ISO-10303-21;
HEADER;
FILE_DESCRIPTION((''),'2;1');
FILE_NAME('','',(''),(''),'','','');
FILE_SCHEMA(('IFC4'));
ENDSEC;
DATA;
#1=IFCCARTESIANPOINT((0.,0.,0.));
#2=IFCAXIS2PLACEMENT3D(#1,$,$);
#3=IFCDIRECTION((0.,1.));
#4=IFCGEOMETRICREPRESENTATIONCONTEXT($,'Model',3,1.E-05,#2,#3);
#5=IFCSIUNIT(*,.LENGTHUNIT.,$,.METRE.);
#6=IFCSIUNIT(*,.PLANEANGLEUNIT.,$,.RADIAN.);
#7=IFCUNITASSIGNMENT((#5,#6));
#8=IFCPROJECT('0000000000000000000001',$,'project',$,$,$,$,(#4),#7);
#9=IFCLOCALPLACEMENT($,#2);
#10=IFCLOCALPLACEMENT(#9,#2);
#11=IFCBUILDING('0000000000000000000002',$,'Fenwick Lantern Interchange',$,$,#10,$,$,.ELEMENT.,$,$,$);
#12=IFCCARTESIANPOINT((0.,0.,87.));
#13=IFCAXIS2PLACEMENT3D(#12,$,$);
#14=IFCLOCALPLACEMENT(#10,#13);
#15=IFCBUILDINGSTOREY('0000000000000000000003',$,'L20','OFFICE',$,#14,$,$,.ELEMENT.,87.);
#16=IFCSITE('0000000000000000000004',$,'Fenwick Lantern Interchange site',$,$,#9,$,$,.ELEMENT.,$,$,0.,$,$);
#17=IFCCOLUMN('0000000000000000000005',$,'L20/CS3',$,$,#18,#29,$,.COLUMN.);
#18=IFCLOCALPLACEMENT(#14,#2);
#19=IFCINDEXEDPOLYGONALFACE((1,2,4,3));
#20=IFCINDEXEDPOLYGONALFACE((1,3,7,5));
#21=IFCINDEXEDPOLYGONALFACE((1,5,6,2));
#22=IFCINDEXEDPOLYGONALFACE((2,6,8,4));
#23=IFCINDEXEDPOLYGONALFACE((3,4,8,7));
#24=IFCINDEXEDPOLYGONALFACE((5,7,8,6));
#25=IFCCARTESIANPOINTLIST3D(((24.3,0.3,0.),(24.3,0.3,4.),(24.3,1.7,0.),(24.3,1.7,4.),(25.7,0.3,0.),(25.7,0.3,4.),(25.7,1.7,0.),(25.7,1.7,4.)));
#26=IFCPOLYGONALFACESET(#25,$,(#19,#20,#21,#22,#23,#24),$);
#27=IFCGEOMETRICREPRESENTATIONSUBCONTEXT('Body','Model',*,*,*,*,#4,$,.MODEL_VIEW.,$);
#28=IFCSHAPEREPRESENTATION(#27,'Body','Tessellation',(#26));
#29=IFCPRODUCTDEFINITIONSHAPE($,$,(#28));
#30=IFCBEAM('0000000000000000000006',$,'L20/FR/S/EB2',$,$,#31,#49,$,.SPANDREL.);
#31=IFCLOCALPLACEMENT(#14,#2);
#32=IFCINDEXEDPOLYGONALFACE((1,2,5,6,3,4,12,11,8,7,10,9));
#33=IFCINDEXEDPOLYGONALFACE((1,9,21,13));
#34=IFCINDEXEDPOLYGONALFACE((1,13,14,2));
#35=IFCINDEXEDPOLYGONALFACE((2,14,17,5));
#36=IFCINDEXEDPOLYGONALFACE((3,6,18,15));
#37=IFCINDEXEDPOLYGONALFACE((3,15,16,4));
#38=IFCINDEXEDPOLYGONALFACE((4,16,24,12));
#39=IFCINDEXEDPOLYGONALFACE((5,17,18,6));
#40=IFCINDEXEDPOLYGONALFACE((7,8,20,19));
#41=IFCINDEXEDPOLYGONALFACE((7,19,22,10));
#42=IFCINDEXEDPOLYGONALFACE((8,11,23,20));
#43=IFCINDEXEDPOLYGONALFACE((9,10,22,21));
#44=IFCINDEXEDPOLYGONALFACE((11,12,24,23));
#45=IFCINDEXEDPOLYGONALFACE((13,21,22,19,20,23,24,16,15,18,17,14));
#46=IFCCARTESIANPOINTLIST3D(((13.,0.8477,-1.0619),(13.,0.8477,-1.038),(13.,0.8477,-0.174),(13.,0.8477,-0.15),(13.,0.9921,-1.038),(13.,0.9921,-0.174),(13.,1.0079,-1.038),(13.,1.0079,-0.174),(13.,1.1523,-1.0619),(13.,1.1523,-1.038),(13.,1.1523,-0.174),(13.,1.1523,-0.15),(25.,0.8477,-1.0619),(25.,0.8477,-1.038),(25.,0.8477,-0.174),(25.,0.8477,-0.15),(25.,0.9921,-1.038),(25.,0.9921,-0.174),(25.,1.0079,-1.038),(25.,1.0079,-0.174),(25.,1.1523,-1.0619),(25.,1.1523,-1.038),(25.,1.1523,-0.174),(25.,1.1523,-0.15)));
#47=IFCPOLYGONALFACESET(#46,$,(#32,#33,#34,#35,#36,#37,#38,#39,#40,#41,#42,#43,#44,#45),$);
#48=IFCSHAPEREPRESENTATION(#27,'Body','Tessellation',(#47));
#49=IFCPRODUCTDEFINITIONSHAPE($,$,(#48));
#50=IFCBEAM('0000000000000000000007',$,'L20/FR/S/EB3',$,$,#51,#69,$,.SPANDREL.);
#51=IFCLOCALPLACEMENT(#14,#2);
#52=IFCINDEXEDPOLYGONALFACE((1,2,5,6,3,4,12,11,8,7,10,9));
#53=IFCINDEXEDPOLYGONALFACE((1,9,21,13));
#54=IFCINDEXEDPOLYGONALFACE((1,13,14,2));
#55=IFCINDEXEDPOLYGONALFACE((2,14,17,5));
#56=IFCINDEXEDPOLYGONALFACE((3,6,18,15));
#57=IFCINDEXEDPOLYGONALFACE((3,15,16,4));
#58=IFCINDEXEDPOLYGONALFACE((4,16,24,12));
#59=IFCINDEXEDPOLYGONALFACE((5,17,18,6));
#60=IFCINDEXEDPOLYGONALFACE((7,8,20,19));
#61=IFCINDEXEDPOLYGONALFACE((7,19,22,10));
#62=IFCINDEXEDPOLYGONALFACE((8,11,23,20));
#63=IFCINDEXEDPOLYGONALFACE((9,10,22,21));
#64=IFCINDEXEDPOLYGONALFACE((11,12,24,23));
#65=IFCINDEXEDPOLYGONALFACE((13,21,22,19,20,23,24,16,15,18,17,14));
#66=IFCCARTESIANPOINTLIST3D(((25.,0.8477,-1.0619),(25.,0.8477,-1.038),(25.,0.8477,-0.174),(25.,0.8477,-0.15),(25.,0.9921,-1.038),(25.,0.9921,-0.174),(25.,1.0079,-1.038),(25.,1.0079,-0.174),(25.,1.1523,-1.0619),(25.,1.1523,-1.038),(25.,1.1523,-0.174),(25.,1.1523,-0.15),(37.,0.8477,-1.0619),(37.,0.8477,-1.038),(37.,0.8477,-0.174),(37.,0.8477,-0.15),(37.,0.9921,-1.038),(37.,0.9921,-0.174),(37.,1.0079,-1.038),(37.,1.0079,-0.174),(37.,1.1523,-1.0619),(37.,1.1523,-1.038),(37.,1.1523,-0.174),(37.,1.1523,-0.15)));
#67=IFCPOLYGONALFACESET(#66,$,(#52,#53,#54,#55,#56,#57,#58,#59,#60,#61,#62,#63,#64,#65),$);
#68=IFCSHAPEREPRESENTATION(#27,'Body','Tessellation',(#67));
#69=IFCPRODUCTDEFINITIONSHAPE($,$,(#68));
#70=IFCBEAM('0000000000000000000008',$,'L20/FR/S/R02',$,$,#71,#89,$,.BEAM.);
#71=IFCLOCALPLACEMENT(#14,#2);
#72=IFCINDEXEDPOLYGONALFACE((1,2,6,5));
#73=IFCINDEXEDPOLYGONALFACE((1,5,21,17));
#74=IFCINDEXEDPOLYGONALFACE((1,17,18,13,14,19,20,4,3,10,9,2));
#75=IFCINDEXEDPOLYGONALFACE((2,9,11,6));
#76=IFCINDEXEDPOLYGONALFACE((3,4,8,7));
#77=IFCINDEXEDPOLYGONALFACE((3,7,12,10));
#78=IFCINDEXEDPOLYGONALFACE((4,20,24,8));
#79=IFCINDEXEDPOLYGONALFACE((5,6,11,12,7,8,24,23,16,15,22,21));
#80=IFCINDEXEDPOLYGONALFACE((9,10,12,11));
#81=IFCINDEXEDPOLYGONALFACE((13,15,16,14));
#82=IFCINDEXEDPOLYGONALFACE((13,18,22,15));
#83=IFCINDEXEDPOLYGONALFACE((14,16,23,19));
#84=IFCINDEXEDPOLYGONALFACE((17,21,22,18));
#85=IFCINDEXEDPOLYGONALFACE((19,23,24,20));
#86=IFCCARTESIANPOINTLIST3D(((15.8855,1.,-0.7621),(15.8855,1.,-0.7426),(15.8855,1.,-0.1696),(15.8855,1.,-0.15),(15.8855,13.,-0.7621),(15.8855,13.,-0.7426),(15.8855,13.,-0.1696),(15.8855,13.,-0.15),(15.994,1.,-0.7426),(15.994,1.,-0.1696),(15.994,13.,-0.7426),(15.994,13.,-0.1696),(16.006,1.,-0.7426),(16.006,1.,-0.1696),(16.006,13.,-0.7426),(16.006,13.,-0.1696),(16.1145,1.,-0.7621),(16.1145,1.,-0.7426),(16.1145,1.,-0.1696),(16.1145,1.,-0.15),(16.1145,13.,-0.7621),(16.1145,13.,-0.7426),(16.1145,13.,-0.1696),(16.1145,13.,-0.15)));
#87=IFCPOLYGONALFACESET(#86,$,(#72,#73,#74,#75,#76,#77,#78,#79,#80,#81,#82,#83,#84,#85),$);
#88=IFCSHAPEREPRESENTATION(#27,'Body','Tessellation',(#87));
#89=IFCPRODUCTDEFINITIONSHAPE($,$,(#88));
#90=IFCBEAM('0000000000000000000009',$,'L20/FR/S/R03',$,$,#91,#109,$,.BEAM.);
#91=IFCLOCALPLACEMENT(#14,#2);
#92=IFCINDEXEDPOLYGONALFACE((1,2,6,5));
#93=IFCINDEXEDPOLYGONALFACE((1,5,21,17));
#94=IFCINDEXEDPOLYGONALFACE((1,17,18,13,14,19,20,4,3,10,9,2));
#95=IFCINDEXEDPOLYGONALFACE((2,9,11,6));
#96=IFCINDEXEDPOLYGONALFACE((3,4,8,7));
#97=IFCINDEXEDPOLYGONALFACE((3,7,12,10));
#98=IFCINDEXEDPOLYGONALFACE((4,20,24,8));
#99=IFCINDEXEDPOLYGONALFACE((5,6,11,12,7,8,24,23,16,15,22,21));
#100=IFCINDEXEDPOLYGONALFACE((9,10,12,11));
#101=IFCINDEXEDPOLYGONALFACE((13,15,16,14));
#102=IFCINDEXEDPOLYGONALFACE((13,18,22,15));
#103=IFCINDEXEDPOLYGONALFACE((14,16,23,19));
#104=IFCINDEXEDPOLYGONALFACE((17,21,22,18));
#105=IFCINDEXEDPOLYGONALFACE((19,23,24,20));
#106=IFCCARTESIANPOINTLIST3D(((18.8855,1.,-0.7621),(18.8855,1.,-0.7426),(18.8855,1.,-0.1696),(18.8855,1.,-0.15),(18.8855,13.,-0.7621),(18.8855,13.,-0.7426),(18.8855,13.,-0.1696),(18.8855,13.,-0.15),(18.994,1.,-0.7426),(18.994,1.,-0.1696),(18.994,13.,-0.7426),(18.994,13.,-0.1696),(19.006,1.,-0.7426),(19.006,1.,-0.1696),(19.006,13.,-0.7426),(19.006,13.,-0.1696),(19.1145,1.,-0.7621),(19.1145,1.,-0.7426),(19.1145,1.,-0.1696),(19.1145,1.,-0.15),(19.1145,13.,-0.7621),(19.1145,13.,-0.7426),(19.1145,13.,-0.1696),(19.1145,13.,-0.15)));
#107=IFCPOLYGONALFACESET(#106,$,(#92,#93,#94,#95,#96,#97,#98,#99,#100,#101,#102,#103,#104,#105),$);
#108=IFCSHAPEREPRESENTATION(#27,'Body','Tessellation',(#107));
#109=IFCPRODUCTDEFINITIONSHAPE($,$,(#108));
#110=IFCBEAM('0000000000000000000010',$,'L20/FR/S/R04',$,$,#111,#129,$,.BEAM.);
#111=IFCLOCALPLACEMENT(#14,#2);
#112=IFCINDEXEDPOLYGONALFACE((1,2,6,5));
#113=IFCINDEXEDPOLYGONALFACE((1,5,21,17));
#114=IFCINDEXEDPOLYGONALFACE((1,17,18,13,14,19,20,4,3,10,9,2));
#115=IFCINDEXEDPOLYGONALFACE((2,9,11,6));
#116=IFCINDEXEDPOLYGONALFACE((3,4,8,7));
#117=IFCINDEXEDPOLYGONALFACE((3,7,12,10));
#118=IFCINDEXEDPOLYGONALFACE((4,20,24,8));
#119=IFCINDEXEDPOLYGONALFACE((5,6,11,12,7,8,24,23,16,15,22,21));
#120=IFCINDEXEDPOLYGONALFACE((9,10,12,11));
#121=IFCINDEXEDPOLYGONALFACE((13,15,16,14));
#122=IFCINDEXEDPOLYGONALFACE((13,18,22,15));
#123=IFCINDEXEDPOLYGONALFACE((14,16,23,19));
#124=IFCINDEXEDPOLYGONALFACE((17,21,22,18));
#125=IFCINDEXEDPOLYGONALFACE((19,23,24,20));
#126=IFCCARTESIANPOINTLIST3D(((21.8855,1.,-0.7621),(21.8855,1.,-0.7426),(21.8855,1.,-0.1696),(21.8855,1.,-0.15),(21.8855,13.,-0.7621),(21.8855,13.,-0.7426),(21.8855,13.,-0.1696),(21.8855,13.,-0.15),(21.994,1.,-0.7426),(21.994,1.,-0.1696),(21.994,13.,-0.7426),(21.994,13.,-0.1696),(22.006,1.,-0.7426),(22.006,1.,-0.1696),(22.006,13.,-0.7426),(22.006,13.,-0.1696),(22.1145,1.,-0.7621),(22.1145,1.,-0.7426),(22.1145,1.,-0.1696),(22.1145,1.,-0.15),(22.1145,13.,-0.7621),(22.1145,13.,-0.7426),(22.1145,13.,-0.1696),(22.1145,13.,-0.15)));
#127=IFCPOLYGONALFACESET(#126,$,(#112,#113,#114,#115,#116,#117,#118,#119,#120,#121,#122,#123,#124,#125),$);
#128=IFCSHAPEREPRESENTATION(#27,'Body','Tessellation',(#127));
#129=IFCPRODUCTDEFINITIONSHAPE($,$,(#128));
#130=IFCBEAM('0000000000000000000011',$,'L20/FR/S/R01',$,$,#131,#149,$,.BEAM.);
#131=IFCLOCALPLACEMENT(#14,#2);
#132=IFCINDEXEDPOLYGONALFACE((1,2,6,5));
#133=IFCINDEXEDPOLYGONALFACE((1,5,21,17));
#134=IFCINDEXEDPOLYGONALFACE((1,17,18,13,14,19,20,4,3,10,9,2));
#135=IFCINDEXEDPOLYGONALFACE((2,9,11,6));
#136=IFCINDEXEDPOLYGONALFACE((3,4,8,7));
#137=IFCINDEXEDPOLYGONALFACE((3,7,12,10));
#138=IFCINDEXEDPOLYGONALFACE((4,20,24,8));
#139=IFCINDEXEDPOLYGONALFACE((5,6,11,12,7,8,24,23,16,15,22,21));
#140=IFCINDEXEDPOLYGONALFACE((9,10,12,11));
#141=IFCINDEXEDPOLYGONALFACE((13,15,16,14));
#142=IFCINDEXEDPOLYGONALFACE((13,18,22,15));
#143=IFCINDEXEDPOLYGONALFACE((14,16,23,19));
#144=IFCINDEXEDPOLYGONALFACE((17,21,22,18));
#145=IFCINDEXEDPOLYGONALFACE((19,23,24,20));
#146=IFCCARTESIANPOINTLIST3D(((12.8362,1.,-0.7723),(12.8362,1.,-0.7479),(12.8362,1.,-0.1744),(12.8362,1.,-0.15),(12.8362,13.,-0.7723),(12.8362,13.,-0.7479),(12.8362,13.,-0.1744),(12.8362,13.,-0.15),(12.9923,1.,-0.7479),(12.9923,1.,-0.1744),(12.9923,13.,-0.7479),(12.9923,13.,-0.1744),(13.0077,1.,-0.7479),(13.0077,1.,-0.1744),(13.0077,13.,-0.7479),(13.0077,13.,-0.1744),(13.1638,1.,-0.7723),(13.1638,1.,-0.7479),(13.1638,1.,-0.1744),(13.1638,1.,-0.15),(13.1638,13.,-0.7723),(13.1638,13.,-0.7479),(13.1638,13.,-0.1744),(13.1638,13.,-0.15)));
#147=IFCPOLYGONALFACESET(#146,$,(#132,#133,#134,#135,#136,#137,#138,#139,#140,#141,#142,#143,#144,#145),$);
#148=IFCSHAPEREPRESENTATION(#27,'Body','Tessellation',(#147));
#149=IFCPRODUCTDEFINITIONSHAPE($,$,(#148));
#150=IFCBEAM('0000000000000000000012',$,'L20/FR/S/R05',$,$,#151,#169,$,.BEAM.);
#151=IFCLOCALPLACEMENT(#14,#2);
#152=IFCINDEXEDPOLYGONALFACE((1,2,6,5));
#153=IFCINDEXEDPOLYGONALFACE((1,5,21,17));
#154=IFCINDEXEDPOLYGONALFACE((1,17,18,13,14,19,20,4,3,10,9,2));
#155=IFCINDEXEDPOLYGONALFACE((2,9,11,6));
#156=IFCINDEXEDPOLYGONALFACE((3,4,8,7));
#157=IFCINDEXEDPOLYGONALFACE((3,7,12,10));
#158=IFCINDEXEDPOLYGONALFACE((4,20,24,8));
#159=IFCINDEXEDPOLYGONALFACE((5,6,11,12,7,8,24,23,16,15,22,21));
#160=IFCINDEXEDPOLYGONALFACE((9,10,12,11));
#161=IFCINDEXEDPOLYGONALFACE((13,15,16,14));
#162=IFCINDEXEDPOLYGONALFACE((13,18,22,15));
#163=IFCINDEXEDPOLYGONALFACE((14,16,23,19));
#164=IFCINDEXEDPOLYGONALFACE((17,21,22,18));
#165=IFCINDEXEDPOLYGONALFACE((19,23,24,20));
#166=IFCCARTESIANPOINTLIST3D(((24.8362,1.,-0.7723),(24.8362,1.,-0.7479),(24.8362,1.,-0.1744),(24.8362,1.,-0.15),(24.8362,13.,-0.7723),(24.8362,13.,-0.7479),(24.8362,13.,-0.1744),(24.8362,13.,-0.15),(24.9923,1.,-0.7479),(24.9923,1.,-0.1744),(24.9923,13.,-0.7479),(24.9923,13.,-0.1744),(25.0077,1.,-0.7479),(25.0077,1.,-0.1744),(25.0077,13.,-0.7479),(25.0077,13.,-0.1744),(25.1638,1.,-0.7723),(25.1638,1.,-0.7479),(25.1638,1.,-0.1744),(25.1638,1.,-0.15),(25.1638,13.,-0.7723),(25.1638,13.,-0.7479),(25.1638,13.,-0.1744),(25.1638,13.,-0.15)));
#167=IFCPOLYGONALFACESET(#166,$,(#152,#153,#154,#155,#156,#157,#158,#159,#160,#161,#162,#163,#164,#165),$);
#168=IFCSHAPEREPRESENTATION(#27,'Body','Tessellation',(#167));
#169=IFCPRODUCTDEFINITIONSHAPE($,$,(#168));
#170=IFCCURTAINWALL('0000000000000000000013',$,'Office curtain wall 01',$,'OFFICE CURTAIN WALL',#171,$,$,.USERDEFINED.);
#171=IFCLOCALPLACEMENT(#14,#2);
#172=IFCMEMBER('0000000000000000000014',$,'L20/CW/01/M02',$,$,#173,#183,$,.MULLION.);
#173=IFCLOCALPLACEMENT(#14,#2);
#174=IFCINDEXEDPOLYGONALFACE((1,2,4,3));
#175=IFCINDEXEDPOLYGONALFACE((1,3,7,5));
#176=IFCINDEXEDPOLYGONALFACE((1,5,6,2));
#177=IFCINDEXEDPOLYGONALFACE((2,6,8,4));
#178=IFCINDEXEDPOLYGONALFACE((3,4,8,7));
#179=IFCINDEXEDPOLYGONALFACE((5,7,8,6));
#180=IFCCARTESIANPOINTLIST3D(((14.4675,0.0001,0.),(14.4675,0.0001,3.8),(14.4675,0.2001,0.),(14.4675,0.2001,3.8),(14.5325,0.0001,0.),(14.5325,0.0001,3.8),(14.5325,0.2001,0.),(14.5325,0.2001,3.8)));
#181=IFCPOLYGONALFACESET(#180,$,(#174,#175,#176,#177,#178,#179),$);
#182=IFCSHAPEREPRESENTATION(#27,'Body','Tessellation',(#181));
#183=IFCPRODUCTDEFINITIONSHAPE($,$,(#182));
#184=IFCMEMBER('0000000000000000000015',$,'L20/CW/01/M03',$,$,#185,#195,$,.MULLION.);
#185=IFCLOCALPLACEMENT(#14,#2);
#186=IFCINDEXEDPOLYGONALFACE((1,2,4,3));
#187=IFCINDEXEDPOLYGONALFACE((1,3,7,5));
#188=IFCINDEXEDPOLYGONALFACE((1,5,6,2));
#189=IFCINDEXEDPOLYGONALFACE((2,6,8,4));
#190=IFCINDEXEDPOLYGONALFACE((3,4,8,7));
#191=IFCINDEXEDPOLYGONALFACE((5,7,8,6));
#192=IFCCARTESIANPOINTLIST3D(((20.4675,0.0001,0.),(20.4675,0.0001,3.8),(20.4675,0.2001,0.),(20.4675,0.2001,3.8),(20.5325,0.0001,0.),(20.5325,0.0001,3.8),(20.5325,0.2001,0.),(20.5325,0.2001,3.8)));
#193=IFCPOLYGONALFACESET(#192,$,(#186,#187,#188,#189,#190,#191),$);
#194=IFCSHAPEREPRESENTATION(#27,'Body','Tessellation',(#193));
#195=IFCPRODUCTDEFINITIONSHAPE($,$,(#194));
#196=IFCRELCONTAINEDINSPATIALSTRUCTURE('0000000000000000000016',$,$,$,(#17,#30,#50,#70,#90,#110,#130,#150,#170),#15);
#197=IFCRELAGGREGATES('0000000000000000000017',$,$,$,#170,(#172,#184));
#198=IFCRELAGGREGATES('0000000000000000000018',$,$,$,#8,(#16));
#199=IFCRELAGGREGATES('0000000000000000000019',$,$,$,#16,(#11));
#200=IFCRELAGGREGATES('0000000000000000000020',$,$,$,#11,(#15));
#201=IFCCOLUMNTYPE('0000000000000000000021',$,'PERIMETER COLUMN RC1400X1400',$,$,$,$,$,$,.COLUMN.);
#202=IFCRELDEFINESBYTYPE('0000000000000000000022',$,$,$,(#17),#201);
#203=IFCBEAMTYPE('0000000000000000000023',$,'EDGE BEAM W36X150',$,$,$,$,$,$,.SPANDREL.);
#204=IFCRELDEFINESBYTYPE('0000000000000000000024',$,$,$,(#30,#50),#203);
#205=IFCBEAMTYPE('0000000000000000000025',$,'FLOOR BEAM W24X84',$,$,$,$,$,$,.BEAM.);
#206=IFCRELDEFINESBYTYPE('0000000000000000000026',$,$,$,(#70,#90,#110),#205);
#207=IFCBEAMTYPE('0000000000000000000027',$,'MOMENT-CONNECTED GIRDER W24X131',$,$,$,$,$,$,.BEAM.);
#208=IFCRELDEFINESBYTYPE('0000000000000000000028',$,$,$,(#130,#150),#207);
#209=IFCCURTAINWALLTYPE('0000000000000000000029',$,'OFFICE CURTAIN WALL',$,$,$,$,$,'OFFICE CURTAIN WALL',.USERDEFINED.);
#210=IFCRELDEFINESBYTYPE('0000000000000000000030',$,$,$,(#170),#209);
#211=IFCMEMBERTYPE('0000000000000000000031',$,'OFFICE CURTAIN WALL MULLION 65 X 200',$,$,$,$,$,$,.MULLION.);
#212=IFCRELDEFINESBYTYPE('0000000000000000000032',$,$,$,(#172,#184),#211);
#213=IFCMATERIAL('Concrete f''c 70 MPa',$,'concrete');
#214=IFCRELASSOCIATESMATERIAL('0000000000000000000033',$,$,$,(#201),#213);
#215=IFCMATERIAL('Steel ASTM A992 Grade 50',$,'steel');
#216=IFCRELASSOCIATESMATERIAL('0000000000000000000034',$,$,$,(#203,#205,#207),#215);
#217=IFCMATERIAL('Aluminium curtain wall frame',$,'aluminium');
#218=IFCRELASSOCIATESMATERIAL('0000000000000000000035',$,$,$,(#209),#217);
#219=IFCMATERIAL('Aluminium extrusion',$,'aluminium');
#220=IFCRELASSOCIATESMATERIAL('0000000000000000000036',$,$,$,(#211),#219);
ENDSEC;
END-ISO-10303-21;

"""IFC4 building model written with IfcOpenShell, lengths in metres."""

from ifc_helpers import new_model, si_unit, direction, frame, origin, origin_2d, place, context, subcontext, project, spatial, rectangle, i_section, extrude, material, material_profile, profile_set, type_object, element, aggregate, save


model = new_model("IFC4")

# Units and contexts
model_context = context("Model", 3, precision=1e-05, world=origin(), true_north=direction((0.0, 1.0)))
body_context = subcontext(model_context, "Body", "Model", "MODEL_VIEW")
ifc_project = project(units=[si_unit("LENGTHUNIT", "METRE"), si_unit("PLANEANGLEUNIT", "RADIAN")], contexts=[model_context])

# Site, building, storey
site_placement = place(None, origin())
site = spatial("IfcSite", under=ifc_project, at=site_placement, Name="Fenwick Lantern Interchange site", CompositionType="ELEMENT", RefElevation=0.0)
building_placement = place(site_placement, origin())
building = spatial("IfcBuilding", under=site, at=building_placement, Name="Fenwick Lantern Interchange", CompositionType="ELEMENT")
storey_placement = place(building_placement, frame((0.0, 0.0, 87.0)))
storey = spatial("IfcBuildingStorey", under=building, at=storey_placement, Name="L20", Description="OFFICE", CompositionType="ELEMENT", Elevation=87.0)

# Column
ifc_material_1 = material(Name="Concrete f'c 70 MPa", Category="concrete")
ifc_material_profile_1 = material_profile(ifc_material_1, rectangle(XDim=1.3999, YDim=1.3999, at=origin_2d()), Name="RC1400X1400")
ifc_profile_set_1 = profile_set([ifc_material_profile_1], Name="Concrete f'c 70 MPa")
column_type = type_object("IfcColumnType", Name="PERIMETER COLUMN RC1400X1400", PredefinedType="COLUMN", material=ifc_profile_set_1)
column_placement = place(storey_placement, frame((25.0, 1.0, 0.0), z_axis=(0.0, 0.0, 1.0), x_axis=(1.0, 0.0, 0.0)))
element("IfcColumn", 1, at=column_placement, inside=storey, type_object=column_type, Name="L20/CS3", PredefinedType="COLUMN", context=body_context, shape_type="SweptSolid", body=[
    extrude(rectangle(XDim=1.3999, YDim=1.3999, at=origin_2d()), origin(), (0.0, 0.0, 1.0), 4.0),
])

# Beams
ifc_material_2 = material(Name="Steel ASTM A992 Grade 50", Category="steel")
ifc_material_profile_2 = material_profile(ifc_material_2, i_section(OverallWidth=0.3047, OverallDepth=0.9119, WebThickness=0.0159, FlangeThickness=0.0239, at=origin_2d()), Name="W36X150")
ifc_profile_set_2 = profile_set([ifc_material_profile_2], Name="Steel ASTM A992 Grade 50")
beam_type_1 = type_object("IfcBeamType", Name="EDGE BEAM W36X150", PredefinedType="SPANDREL", material=ifc_profile_set_2)
for number, where, z_axis, x_axis, name in (
    (2, (13.0, 1.0, -0.606), (1.0, 0.0, 0.0), (0.0, 1.0, 0.0), "L20/FR/S/EB2"),
    (3, (25.0, 1.0, -0.606), (1.0, 0.0, 0.0), (0.0, 1.0, 0.0), "L20/FR/S/EB3"),
):
    element("IfcBeam", number, at=place(storey_placement, frame(where, z_axis=z_axis, x_axis=x_axis)), inside=storey, type_object=beam_type_1, Name=name, PredefinedType="SPANDREL", context=body_context, shape_type="SweptSolid", body=[
        extrude(i_section(OverallWidth=0.3047, OverallDepth=0.9119, WebThickness=0.0159, FlangeThickness=0.0239, at=origin_2d()), origin(), (0.0, 0.0, 1.0), 12.0),
    ])
ifc_material_profile_3 = material_profile(ifc_material_2, i_section(OverallWidth=0.229, OverallDepth=0.6121, WebThickness=0.012, FlangeThickness=0.0195, at=origin_2d()), Name="W24X84")
ifc_profile_set_3 = profile_set([ifc_material_profile_3], Name="Steel ASTM A992 Grade 50")
beam_type_2 = type_object("IfcBeamType", Name="FLOOR BEAM W24X84", PredefinedType="BEAM", material=ifc_profile_set_3)
for number, where, z_axis, x_axis, name in (
    (4, (16.0, 1.0, -0.4561), (0.0, 1.0, 0.0), (-1.0, 0.0, 0.0), "L20/FR/S/R02"),
    (5, (19.0, 1.0, -0.4561), (0.0, 1.0, 0.0), (-1.0, 0.0, 0.0), "L20/FR/S/R03"),
    (6, (22.0, 1.0, -0.4561), (0.0, 1.0, 0.0), (-1.0, 0.0, 0.0), "L20/FR/S/R04"),
):
    element("IfcBeam", number, at=place(storey_placement, frame(where, z_axis=z_axis, x_axis=x_axis)), inside=storey, type_object=beam_type_2, Name=name, PredefinedType="BEAM", context=body_context, shape_type="SweptSolid", body=[
        extrude(i_section(OverallWidth=0.229, OverallDepth=0.6121, WebThickness=0.012, FlangeThickness=0.0195, at=origin_2d()), origin(), (0.0, 0.0, 1.0), 12.0),
    ])
ifc_material_profile_4 = material_profile(ifc_material_2, i_section(OverallWidth=0.3276, OverallDepth=0.6223, WebThickness=0.0154, FlangeThickness=0.0244, at=origin_2d()), Name="W24X131")
ifc_profile_set_4 = profile_set([ifc_material_profile_4], Name="Steel ASTM A992 Grade 50")
beam_type_3 = type_object("IfcBeamType", Name="MOMENT-CONNECTED GIRDER W24X131", PredefinedType="BEAM", material=ifc_profile_set_4)
for number, where, z_axis, x_axis, name in (
    (7, (13.0, 1.0, -0.4612), (0.0, 1.0, 0.0), (-1.0, 0.0, 0.0), "L20/FR/S/R01"),
    (8, (25.0, 1.0, -0.4612), (0.0, 1.0, 0.0), (-1.0, 0.0, 0.0), "L20/FR/S/R05"),
):
    element("IfcBeam", number, at=place(storey_placement, frame(where, z_axis=z_axis, x_axis=x_axis)), inside=storey, type_object=beam_type_3, Name=name, PredefinedType="BEAM", context=body_context, shape_type="SweptSolid", body=[
        extrude(i_section(OverallWidth=0.3276, OverallDepth=0.6223, WebThickness=0.0154, FlangeThickness=0.0244, at=origin_2d()), origin(), (0.0, 0.0, 1.0), 12.0),
    ])

# Curtain wall, members
ifc_material_3 = material(Name="Aluminium curtain wall frame", Category="aluminium")
curtain_wall_type = type_object("IfcCurtainWallType", Name="OFFICE CURTAIN WALL", ElementType="OFFICE CURTAIN WALL", PredefinedType="USERDEFINED", material=ifc_material_3)
curtain_wall_placement = place(storey_placement, origin())
curtain_wall = element("IfcCurtainWall", 9, at=curtain_wall_placement, inside=storey, type_object=curtain_wall_type, Name="Office curtain wall 01", ObjectType="OFFICE CURTAIN WALL", PredefinedType="USERDEFINED")
ifc_material_4 = material(Name="Aluminium extrusion", Category="aluminium")
ifc_material_profile_5 = material_profile(ifc_material_4, rectangle(XDim=0.2, YDim=0.0649, at=origin_2d()), Name="OFFICE CURTAIN WALL MULLION 65 X 200")
ifc_profile_set_5 = profile_set([ifc_material_profile_5], Name="Aluminium extrusion")
member_type_1 = type_object("IfcMemberType", Name="OFFICE CURTAIN WALL MULLION 65 X 200", PredefinedType="MULLION", material=ifc_profile_set_5)
member_1_placement = place(storey_placement, frame((14.5, 0.1001, 0.0), z_axis=(0.0, 0.0, 1.0), x_axis=(0.0, 1.0, 0.0)))
member_1 = element("IfcMember", 10, at=member_1_placement, type_object=member_type_1, Name="L20/CW/01/M02", PredefinedType="MULLION", context=body_context, shape_type="SweptSolid", body=[
    extrude(rectangle(XDim=0.2, YDim=0.0649, at=origin_2d()), origin(), (0.0, 0.0, 1.0), 3.8),
])
member_2_placement = place(storey_placement, frame((20.5, 0.1001, 0.0), z_axis=(0.0, 0.0, 1.0), x_axis=(0.0, 1.0, 0.0)))
member_2 = element("IfcMember", 11, at=member_2_placement, type_object=member_type_1, Name="L20/CW/01/M03", PredefinedType="MULLION", context=body_context, shape_type="SweptSolid", body=[
    extrude(rectangle(XDim=0.2, YDim=0.0649, at=origin_2d()), origin(), (0.0, 0.0, 1.0), 3.8),
])
aggregate(curtain_wall, [member_1, member_2])

save(model, "model.ifc")
